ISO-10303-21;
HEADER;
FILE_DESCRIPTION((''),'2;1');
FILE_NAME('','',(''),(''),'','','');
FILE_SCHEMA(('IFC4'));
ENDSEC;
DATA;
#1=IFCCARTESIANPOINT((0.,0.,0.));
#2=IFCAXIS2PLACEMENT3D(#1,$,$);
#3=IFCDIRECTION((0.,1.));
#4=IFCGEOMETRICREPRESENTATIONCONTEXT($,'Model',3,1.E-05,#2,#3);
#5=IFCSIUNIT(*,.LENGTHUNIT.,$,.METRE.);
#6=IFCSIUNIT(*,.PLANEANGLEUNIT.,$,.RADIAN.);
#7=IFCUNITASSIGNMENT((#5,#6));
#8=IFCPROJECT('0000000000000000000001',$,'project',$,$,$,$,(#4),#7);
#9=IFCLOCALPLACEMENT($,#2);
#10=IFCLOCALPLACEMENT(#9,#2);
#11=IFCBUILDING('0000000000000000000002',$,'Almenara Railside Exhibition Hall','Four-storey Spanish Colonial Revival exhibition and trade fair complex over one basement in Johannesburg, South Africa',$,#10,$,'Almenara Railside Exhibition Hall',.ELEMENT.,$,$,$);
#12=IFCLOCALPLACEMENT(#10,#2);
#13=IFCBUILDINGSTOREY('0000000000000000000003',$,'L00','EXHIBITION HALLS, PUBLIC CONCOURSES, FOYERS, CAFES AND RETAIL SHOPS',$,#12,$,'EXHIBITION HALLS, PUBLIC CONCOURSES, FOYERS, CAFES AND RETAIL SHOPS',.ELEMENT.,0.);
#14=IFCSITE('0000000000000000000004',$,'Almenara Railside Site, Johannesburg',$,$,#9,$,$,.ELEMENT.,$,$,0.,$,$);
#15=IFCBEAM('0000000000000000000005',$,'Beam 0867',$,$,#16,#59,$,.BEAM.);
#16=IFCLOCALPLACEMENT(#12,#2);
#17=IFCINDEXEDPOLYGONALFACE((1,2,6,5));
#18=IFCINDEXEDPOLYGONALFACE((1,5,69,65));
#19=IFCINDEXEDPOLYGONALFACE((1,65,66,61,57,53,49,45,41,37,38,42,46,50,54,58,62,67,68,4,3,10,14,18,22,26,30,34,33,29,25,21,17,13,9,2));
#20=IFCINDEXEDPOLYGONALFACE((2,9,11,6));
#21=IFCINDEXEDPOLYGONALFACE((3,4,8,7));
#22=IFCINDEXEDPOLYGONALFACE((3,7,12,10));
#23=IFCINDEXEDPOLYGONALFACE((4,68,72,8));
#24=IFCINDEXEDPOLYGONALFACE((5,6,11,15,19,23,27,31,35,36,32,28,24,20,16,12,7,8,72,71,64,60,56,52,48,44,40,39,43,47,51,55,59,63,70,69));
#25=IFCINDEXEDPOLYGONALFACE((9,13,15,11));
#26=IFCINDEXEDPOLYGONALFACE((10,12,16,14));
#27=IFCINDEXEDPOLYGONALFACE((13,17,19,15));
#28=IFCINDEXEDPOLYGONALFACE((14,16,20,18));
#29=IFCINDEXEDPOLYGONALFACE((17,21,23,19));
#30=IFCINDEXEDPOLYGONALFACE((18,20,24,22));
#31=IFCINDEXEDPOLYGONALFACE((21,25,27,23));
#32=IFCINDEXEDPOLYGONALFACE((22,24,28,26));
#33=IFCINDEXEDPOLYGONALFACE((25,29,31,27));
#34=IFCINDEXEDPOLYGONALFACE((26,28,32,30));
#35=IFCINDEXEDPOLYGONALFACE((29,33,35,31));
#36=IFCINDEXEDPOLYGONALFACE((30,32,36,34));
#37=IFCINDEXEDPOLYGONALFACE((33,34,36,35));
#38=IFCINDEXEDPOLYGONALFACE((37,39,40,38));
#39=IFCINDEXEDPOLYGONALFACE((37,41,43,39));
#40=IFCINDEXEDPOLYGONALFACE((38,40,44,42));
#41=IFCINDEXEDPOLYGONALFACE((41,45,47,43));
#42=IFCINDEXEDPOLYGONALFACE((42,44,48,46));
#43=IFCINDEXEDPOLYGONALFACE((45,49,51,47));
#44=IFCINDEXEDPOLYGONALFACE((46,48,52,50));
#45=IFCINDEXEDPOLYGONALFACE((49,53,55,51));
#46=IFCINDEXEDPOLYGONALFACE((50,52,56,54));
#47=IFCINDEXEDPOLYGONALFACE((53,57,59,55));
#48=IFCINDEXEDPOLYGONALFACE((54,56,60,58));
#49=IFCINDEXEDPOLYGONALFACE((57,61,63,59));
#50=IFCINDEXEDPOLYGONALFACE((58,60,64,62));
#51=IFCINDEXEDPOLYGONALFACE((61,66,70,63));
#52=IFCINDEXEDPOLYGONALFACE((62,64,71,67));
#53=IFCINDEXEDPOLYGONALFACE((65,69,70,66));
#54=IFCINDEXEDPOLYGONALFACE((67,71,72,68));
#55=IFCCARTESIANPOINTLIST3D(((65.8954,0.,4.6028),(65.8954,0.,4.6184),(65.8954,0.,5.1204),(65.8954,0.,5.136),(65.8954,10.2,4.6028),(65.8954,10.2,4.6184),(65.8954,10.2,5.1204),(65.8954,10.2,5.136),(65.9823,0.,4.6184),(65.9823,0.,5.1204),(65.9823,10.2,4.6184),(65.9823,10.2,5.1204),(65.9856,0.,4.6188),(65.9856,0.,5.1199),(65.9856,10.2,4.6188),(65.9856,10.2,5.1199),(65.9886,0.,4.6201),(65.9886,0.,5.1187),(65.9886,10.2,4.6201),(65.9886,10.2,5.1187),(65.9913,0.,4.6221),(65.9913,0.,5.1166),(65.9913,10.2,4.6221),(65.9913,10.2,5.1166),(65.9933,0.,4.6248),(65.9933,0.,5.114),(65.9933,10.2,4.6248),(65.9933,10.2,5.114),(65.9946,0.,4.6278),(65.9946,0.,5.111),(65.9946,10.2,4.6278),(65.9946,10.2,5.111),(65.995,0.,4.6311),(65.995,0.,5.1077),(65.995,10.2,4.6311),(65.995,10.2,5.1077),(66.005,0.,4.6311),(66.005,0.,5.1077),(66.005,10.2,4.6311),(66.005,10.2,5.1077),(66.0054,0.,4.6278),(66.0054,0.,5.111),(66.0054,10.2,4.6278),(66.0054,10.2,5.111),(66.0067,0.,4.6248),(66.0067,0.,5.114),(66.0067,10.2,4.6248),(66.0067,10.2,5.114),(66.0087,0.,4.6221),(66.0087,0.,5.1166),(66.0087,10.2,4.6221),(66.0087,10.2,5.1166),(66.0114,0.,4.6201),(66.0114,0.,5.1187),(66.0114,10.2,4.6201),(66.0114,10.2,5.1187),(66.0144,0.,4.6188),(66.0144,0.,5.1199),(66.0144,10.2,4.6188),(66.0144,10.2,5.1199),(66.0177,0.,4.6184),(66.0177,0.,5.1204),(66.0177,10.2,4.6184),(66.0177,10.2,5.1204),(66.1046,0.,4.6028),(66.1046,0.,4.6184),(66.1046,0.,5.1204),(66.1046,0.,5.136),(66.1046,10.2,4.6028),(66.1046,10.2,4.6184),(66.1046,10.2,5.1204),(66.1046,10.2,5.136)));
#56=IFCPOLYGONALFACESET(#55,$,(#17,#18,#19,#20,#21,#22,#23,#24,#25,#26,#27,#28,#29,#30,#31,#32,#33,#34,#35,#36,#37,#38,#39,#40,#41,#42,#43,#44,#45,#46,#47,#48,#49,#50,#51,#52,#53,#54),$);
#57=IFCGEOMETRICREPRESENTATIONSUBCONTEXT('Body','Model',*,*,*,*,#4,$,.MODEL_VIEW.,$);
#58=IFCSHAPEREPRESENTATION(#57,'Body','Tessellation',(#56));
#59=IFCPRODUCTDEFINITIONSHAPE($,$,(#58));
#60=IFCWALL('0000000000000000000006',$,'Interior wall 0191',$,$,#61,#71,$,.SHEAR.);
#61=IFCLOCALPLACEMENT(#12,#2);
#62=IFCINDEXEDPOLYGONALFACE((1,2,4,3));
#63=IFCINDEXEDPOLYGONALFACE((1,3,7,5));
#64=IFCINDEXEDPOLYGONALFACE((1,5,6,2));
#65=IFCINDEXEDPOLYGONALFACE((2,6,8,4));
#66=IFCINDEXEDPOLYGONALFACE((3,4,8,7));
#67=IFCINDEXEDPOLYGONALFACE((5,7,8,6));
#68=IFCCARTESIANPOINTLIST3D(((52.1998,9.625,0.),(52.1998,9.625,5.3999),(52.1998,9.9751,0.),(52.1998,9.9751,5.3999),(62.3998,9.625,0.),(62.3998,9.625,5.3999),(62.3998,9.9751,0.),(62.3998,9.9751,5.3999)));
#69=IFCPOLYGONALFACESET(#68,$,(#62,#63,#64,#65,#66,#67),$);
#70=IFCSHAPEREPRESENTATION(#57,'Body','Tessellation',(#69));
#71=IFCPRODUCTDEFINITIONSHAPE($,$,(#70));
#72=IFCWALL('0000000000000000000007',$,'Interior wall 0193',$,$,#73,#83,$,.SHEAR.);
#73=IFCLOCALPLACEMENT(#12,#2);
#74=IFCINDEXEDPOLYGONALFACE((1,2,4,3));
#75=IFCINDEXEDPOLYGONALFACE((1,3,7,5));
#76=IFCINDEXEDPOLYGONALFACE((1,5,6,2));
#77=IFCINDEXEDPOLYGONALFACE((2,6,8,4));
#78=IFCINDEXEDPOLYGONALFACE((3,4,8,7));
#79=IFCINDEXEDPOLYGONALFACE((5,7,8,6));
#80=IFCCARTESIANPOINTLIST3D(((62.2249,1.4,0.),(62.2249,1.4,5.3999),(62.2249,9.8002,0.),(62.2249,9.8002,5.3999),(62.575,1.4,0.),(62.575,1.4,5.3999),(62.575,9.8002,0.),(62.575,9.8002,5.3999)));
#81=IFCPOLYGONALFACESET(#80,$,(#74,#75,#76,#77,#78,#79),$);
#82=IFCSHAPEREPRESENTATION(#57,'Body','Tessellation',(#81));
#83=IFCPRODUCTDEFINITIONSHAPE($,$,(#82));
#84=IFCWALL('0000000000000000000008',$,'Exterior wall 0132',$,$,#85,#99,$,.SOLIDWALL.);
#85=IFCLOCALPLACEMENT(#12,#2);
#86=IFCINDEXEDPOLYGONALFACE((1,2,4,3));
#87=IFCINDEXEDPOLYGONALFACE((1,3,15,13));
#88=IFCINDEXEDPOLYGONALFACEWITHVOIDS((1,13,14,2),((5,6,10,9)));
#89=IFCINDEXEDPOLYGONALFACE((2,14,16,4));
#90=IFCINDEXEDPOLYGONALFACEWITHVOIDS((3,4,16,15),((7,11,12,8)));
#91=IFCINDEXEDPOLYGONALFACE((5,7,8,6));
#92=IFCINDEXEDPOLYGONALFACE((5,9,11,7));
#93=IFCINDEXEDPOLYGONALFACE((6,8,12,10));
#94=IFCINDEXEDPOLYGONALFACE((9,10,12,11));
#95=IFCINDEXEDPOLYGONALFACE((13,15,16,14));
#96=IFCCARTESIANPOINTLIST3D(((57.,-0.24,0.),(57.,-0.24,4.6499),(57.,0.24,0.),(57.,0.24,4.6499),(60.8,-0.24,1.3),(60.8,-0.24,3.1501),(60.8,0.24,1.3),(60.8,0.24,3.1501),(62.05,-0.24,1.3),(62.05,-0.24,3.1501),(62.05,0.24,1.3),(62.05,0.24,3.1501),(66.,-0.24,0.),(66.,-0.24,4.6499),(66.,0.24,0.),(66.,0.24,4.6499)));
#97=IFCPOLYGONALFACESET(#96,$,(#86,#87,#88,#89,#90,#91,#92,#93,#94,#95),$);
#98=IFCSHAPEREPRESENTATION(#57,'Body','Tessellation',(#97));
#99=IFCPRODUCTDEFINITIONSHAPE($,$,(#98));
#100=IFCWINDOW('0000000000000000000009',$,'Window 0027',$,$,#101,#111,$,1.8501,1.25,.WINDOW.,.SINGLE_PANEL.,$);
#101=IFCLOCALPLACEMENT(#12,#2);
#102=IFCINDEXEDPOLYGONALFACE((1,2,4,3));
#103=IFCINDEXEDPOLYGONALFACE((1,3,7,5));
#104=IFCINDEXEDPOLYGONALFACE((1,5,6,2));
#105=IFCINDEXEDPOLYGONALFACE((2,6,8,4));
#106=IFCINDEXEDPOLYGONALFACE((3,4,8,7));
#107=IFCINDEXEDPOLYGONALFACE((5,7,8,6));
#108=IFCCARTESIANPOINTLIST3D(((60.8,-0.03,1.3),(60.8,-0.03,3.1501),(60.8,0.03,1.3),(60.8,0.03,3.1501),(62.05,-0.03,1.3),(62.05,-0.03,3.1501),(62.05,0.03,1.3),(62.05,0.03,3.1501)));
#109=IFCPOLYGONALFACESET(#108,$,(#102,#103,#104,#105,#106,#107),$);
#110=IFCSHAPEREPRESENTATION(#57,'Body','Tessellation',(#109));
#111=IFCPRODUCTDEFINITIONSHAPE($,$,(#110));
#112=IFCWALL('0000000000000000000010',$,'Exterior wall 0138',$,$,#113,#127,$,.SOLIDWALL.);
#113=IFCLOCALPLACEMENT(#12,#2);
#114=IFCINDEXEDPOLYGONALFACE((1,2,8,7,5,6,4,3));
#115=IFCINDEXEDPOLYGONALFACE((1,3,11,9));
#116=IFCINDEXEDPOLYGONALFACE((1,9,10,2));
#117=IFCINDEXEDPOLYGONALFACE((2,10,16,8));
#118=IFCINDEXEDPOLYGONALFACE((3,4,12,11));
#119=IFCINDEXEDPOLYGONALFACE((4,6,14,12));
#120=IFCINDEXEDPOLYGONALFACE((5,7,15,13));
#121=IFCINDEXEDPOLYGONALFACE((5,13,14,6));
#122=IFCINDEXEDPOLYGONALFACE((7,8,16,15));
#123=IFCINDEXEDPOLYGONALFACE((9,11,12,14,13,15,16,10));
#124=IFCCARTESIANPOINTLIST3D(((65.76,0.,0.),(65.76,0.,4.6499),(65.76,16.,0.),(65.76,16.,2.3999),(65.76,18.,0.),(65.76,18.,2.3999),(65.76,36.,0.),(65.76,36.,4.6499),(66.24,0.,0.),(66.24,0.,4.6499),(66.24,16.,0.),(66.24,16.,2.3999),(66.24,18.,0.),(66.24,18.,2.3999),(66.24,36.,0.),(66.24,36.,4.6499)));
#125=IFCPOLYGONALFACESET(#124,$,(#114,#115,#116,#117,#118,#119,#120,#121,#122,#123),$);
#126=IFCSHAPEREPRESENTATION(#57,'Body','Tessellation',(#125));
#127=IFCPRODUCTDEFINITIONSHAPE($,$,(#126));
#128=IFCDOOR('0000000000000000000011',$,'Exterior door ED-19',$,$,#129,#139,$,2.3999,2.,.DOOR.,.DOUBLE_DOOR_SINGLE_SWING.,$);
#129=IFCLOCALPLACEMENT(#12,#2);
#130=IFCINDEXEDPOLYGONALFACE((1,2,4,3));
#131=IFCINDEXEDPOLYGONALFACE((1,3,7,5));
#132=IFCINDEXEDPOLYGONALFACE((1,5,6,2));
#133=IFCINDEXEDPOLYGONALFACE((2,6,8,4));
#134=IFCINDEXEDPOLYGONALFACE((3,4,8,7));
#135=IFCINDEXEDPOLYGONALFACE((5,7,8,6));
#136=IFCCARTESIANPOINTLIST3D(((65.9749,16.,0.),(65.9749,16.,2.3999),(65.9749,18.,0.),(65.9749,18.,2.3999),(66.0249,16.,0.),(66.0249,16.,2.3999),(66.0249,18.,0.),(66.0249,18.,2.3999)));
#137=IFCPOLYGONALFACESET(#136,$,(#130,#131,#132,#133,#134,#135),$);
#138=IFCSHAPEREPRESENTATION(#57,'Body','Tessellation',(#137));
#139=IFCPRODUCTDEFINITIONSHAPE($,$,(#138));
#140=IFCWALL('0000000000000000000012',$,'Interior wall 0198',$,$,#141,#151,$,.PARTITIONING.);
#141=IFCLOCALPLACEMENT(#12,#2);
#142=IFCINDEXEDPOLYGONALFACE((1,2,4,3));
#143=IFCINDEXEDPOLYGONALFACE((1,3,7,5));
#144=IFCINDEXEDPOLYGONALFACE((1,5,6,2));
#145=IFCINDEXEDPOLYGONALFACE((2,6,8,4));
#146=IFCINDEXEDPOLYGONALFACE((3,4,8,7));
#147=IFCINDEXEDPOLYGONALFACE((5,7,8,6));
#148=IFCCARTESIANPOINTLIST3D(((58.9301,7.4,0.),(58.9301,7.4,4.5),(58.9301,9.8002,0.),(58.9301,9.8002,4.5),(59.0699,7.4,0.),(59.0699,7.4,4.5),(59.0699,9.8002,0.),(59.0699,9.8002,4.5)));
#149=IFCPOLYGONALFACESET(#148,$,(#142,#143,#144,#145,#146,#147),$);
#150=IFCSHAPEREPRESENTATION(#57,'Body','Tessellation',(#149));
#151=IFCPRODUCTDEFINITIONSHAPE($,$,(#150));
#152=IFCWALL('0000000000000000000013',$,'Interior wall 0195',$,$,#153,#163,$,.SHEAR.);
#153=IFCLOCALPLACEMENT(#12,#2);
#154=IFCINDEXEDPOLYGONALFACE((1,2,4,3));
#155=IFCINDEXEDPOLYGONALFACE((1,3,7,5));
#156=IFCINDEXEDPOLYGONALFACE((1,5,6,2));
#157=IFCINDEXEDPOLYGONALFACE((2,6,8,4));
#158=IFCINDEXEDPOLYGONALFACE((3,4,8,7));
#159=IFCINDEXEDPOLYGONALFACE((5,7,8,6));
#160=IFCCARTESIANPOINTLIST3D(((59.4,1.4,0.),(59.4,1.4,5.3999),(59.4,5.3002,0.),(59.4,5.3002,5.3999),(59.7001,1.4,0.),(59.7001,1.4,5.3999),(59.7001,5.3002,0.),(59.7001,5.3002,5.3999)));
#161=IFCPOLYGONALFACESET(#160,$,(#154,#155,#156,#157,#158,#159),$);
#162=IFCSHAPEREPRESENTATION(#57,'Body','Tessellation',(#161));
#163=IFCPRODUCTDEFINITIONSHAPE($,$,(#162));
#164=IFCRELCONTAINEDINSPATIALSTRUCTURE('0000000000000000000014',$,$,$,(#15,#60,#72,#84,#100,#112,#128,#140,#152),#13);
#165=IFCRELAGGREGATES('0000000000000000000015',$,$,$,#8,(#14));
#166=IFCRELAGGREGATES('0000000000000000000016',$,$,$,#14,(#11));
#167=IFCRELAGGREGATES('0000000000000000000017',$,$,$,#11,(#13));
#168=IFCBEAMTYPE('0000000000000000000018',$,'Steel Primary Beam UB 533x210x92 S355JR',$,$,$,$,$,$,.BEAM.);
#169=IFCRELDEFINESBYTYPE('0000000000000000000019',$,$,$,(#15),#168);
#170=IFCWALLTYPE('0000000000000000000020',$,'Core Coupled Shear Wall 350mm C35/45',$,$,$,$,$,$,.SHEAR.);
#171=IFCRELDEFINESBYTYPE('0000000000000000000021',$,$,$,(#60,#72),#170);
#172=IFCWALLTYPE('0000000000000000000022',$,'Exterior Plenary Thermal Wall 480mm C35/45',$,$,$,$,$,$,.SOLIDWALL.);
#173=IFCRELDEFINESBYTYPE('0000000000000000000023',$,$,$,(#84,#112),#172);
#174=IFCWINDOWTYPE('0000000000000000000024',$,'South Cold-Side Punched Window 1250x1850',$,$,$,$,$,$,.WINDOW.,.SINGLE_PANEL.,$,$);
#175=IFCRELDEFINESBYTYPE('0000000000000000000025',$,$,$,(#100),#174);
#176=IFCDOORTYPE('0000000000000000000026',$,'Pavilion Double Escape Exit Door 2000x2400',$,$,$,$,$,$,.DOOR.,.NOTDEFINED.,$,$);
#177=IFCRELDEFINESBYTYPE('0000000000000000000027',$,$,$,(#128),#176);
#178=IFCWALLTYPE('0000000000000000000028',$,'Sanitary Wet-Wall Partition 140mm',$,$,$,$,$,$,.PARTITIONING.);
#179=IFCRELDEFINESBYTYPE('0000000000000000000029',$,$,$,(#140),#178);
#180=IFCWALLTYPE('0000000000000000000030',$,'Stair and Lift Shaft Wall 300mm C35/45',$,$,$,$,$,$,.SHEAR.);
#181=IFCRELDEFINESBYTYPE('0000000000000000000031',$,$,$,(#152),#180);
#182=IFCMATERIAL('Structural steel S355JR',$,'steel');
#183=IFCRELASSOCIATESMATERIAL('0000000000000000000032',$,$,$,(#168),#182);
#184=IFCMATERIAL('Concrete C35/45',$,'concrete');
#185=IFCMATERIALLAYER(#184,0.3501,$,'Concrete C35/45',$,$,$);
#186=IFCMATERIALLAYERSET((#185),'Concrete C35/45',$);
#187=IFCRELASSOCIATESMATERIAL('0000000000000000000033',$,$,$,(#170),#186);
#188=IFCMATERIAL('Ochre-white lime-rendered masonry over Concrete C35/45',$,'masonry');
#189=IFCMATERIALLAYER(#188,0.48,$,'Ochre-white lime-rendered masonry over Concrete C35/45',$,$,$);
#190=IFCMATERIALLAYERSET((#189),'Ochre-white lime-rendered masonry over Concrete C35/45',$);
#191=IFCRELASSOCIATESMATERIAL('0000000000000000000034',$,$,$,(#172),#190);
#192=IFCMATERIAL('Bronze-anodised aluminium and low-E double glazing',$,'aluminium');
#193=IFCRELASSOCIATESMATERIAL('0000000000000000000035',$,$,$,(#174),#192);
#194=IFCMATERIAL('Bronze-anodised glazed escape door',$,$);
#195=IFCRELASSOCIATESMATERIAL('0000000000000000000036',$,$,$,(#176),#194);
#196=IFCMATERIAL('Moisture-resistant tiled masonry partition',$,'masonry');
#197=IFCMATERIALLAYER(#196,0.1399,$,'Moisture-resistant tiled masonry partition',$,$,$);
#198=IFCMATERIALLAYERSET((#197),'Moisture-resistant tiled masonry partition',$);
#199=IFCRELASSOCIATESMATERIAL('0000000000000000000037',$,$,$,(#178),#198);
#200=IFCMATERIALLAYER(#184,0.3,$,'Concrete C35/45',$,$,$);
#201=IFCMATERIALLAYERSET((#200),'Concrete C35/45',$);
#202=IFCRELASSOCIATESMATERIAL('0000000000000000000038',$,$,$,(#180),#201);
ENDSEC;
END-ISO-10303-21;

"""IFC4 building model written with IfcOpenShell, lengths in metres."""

from ifc_helpers import new_model, si_unit, direction, frame, frame_2d, origin, origin_2d, place, context, subcontext, project, spatial, rectangle, i_section, extrude, material, layer, layer_set, material_profile, profile_set, type_object, element, fill, save


model = new_model("IFC4")

# Units and contexts
model_context = context("Model", 3, precision=1e-05, world=origin(), true_north=direction((0.0, 1.0)))
body_context = subcontext(model_context, "Body", "Model", "MODEL_VIEW")
ifc_project = project(units=[si_unit("LENGTHUNIT", "METRE"), si_unit("PLANEANGLEUNIT", "RADIAN")], contexts=[model_context])

# Site, building, storey
site_placement = place(None, origin())
site = spatial("IfcSite", under=ifc_project, at=site_placement, Name="Almenara Railside Site, Johannesburg", CompositionType="ELEMENT", RefElevation=0.0)
building_placement = place(site_placement, origin())
building = spatial("IfcBuilding", under=site, at=building_placement, Name="Almenara Railside Exhibition Hall", Description="Four-storey Spanish Colonial Revival exhibition and trade fair complex over one basement in Johannesburg, South Africa", LongName="Almenara Railside Exhibition Hall", CompositionType="ELEMENT")
storey_placement = place(building_placement, origin())
storey = spatial("IfcBuildingStorey", under=building, at=storey_placement, Name="L00", Description="EXHIBITION HALLS, PUBLIC CONCOURSES, FOYERS, CAFES AND RETAIL SHOPS", LongName="EXHIBITION HALLS, PUBLIC CONCOURSES, FOYERS, CAFES AND RETAIL SHOPS", CompositionType="ELEMENT", Elevation=0.0)

# Shared definitions
ifc_material_1 = material(Name="Concrete C35/45", Category="concrete")

# Beam
ifc_material_2 = material(Name="Structural steel S355JR", Category="steel")
ifc_material_profile_1 = material_profile(ifc_material_2, i_section(OverallWidth=0.2092, OverallDepth=0.5332, WebThickness=0.01, FlangeThickness=0.0156, FilletRadius=0.0127, at=origin_2d()), Name="UB 533x210x92")
ifc_profile_set_1 = profile_set([ifc_material_profile_1], Name="Structural steel S355JR")
beam_type_1 = type_object("IfcBeamType", Name="Steel Primary Beam UB 533x210x92 S355JR", PredefinedType="BEAM", material=ifc_profile_set_1)
beam_1_placement = place(storey_placement, frame((66.0, 0.0, 4.8694), z_axis=(0.0, 1.0, 0.0), x_axis=(-1.0, 0.0, 0.0)))
element("IfcBeam", 1, at=beam_1_placement, inside=storey, type_object=beam_type_1, Name="Beam 0867", PredefinedType="BEAM", context=body_context, shape_type="SweptSolid", body=[
    extrude(i_section(OverallWidth=0.2092, OverallDepth=0.5332, WebThickness=0.01, FlangeThickness=0.0156, FilletRadius=0.0127, at=origin_2d()), origin(), (0.0, 0.0, 1.0), 10.2),
])

# Walls
ifc_layer_1 = layer(ifc_material_1, 0.3501, Name="Concrete C35/45")
ifc_layer_set_1 = layer_set([ifc_layer_1], Name="Concrete C35/45")
wall_type_1 = type_object("IfcWallType", Name="Core Coupled Shear Wall 350mm C35/45", PredefinedType="SHEAR", material=ifc_layer_set_1)
wall_1_placement = place(storey_placement, frame((62.3999, 9.8, 0.0), z_axis=(0.0, 0.0, 1.0), x_axis=(-1.0, 0.0, 0.0)))
element("IfcWall", 2, at=wall_1_placement, inside=storey, type_object=wall_type_1, Name="Interior wall 0191", PredefinedType="SHEAR", context=body_context, shape_type="SweptSolid", body=[
    extrude(rectangle(XDim=10.2, YDim=0.3501, at=frame_2d((5.1001, 0.0))), origin(), (0.0, 0.0, 1.0), 5.3999),
])
wall_2_placement = place(storey_placement, frame((62.3999, 1.3999, 0.0), z_axis=(0.0, 0.0, 1.0), x_axis=(0.0, 1.0, 0.0)))
element("IfcWall", 3, at=wall_2_placement, inside=storey, type_object=wall_type_1, Name="Interior wall 0193", PredefinedType="SHEAR", context=body_context, shape_type="SweptSolid", body=[
    extrude(rectangle(XDim=8.4001, YDim=0.3501, at=frame_2d((4.2002, 0.0))), origin(), (0.0, 0.0, 1.0), 5.3999),
])

# Wall, opening, window
ifc_material_3 = material(Name="Ochre-white lime-rendered masonry over Concrete C35/45", Category="masonry")
ifc_layer_2 = layer(ifc_material_3, 0.48, Name="Ochre-white lime-rendered masonry over Concrete C35/45")
ifc_layer_set_2 = layer_set([ifc_layer_2], Name="Ochre-white lime-rendered masonry over Concrete C35/45")
wall_type_2 = type_object("IfcWallType", Name="Exterior Plenary Thermal Wall 480mm C35/45", PredefinedType="SOLIDWALL", material=ifc_layer_set_2)
wall_3_placement = place(storey_placement, frame((57.0, 0.0, 0.0), z_axis=(0.0, 0.0, 1.0), x_axis=(1.0, 0.0, 0.0)))
wall_3 = element("IfcWall", 4, at=wall_3_placement, inside=storey, type_object=wall_type_2, Name="Exterior wall 0132", PredefinedType="SOLIDWALL", context=body_context, shape_type="SweptSolid", body=[
    extrude(rectangle(XDim=9.0, YDim=0.48, at=frame_2d((4.5, 0.0))), origin(), (0.0, 0.0, 1.0), 4.6499),
])
opening_1_placement = place(wall_3_placement, frame((3.8, 0.0, 1.3)))
opening_1 = element("IfcOpeningElement", 5, at=opening_1_placement, cuts=wall_3, PredefinedType="OPENING", context=body_context, shape_type="SweptSolid", body=[
    extrude(rectangle(XDim=1.25, YDim=1.8501, at=frame_2d((0.625, 0.925))), frame((0.0, 0.25, 0.0), z_axis=(0.0, -1.0, 0.0), x_axis=(1.0, 0.0, 0.0)), (0.0, 0.0, 1.0), 0.5),
])
ifc_material_4 = material(Name="Bronze-anodised aluminium and low-E double glazing", Category="aluminium")
window_type = type_object("IfcWindowType", Name="South Cold-Side Punched Window 1250x1850", PartitioningType="SINGLE_PANEL", PredefinedType="WINDOW", material=ifc_material_4)
window_placement = place(opening_1_placement, origin())
window = element("IfcWindow", 6, at=window_placement, inside=storey, type_object=window_type, Name="Window 0027", OverallHeight=1.8501, OverallWidth=1.25, PartitioningType="SINGLE_PANEL", PredefinedType="WINDOW", context=body_context, shape_type="SweptSolid", body=[
    extrude(rectangle(XDim=1.25, YDim=1.8501, at=frame_2d((0.625, 0.925))), frame((0.0, 0.03, 0.0), z_axis=(0.0, -1.0, 0.0), x_axis=(1.0, 0.0, 0.0)), (0.0, 0.0, 1.0), 0.0601),
])
fill(opening_1, window)

# Wall, opening, door
wall_4_placement = place(storey_placement, frame((66.0, 0.0, 0.0), z_axis=(0.0, 0.0, 1.0), x_axis=(0.0, 1.0, 0.0)))
wall_4 = element("IfcWall", 7, at=wall_4_placement, inside=storey, type_object=wall_type_2, Name="Exterior wall 0138", PredefinedType="SOLIDWALL", context=body_context, shape_type="SweptSolid", body=[
    extrude(rectangle(XDim=36.0, YDim=0.48, at=frame_2d((18.0, 0.0))), origin(), (0.0, 0.0, 1.0), 4.6499),
])
opening_2_placement = place(wall_4_placement, frame((16.0, 0.0, 0.0)))
opening_2 = element("IfcOpeningElement", 8, at=opening_2_placement, cuts=wall_4, PredefinedType="OPENING", context=body_context, shape_type="SweptSolid", body=[
    extrude(rectangle(XDim=2.0, YDim=2.3999, at=frame_2d((1.0, 1.2))), frame((0.0, 0.25, 0.0), z_axis=(0.0, -1.0, 0.0), x_axis=(1.0, 0.0, 0.0)), (0.0, 0.0, 1.0), 0.5),
])
ifc_material_5 = material(Name="Bronze-anodised glazed escape door")
door_type = type_object("IfcDoorType", Name="Pavilion Double Escape Exit Door 2000x2400", OperationType="NOTDEFINED", PredefinedType="DOOR", material=ifc_material_5)
door_placement = place(opening_2_placement, frame((2.0, 0.0, 0.0), z_axis=(0.0, 0.0, 1.0), x_axis=(-1.0, 0.0, 0.0)))
door = element("IfcDoor", 9, at=door_placement, inside=storey, type_object=door_type, Name="Exterior door ED-19", OperationType="DOUBLE_DOOR_SINGLE_SWING", OverallHeight=2.3999, OverallWidth=2.0, PredefinedType="DOOR", context=body_context, shape_type="SweptSolid", body=[
    extrude(rectangle(XDim=2.0, YDim=2.3999, at=frame_2d((1.0, 1.2))), frame((0.0, 0.0249, 0.0), z_axis=(0.0, -1.0, 0.0), x_axis=(1.0, 0.0, 0.0)), (0.0, 0.0, 1.0), 0.05),
])
fill(opening_2, door)

# Walls
ifc_material_6 = material(Name="Moisture-resistant tiled masonry partition", Category="masonry")
ifc_layer_3 = layer(ifc_material_6, 0.1399, Name="Moisture-resistant tiled masonry partition")
ifc_layer_set_3 = layer_set([ifc_layer_3], Name="Moisture-resistant tiled masonry partition")
wall_type_3 = type_object("IfcWallType", Name="Sanitary Wet-Wall Partition 140mm", PredefinedType="PARTITIONING", material=ifc_layer_set_3)
wall_5_placement = place(storey_placement, frame((59.0, 7.3999, 0.0), z_axis=(0.0, 0.0, 1.0), x_axis=(0.0, 1.0, 0.0)))
element("IfcWall", 10, at=wall_5_placement, inside=storey, type_object=wall_type_3, Name="Interior wall 0198", PredefinedType="PARTITIONING", context=body_context, shape_type="SweptSolid", body=[
    extrude(rectangle(XDim=2.4001, YDim=0.1399, at=frame_2d((1.2002, 0.0))), origin(), (0.0, 0.0, 1.0), 4.5),
])
ifc_layer_4 = layer(ifc_material_1, 0.3, Name="Concrete C35/45")
ifc_layer_set_4 = layer_set([ifc_layer_4], Name="Concrete C35/45")
wall_type_4 = type_object("IfcWallType", Name="Stair and Lift Shaft Wall 300mm C35/45", PredefinedType="SHEAR", material=ifc_layer_set_4)
wall_6_placement = place(storey_placement, frame((59.55, 1.3999, 0.0), z_axis=(0.0, 0.0, 1.0), x_axis=(0.0, 1.0, 0.0)))
element("IfcWall", 11, at=wall_6_placement, inside=storey, type_object=wall_type_4, Name="Interior wall 0195", PredefinedType="SHEAR", context=body_context, shape_type="SweptSolid", body=[
    extrude(rectangle(XDim=3.9001, YDim=0.3, at=frame_2d((1.9502, 0.0))), origin(), (0.0, 0.0, 1.0), 5.3999),
])

save(model, "model.ifc")
